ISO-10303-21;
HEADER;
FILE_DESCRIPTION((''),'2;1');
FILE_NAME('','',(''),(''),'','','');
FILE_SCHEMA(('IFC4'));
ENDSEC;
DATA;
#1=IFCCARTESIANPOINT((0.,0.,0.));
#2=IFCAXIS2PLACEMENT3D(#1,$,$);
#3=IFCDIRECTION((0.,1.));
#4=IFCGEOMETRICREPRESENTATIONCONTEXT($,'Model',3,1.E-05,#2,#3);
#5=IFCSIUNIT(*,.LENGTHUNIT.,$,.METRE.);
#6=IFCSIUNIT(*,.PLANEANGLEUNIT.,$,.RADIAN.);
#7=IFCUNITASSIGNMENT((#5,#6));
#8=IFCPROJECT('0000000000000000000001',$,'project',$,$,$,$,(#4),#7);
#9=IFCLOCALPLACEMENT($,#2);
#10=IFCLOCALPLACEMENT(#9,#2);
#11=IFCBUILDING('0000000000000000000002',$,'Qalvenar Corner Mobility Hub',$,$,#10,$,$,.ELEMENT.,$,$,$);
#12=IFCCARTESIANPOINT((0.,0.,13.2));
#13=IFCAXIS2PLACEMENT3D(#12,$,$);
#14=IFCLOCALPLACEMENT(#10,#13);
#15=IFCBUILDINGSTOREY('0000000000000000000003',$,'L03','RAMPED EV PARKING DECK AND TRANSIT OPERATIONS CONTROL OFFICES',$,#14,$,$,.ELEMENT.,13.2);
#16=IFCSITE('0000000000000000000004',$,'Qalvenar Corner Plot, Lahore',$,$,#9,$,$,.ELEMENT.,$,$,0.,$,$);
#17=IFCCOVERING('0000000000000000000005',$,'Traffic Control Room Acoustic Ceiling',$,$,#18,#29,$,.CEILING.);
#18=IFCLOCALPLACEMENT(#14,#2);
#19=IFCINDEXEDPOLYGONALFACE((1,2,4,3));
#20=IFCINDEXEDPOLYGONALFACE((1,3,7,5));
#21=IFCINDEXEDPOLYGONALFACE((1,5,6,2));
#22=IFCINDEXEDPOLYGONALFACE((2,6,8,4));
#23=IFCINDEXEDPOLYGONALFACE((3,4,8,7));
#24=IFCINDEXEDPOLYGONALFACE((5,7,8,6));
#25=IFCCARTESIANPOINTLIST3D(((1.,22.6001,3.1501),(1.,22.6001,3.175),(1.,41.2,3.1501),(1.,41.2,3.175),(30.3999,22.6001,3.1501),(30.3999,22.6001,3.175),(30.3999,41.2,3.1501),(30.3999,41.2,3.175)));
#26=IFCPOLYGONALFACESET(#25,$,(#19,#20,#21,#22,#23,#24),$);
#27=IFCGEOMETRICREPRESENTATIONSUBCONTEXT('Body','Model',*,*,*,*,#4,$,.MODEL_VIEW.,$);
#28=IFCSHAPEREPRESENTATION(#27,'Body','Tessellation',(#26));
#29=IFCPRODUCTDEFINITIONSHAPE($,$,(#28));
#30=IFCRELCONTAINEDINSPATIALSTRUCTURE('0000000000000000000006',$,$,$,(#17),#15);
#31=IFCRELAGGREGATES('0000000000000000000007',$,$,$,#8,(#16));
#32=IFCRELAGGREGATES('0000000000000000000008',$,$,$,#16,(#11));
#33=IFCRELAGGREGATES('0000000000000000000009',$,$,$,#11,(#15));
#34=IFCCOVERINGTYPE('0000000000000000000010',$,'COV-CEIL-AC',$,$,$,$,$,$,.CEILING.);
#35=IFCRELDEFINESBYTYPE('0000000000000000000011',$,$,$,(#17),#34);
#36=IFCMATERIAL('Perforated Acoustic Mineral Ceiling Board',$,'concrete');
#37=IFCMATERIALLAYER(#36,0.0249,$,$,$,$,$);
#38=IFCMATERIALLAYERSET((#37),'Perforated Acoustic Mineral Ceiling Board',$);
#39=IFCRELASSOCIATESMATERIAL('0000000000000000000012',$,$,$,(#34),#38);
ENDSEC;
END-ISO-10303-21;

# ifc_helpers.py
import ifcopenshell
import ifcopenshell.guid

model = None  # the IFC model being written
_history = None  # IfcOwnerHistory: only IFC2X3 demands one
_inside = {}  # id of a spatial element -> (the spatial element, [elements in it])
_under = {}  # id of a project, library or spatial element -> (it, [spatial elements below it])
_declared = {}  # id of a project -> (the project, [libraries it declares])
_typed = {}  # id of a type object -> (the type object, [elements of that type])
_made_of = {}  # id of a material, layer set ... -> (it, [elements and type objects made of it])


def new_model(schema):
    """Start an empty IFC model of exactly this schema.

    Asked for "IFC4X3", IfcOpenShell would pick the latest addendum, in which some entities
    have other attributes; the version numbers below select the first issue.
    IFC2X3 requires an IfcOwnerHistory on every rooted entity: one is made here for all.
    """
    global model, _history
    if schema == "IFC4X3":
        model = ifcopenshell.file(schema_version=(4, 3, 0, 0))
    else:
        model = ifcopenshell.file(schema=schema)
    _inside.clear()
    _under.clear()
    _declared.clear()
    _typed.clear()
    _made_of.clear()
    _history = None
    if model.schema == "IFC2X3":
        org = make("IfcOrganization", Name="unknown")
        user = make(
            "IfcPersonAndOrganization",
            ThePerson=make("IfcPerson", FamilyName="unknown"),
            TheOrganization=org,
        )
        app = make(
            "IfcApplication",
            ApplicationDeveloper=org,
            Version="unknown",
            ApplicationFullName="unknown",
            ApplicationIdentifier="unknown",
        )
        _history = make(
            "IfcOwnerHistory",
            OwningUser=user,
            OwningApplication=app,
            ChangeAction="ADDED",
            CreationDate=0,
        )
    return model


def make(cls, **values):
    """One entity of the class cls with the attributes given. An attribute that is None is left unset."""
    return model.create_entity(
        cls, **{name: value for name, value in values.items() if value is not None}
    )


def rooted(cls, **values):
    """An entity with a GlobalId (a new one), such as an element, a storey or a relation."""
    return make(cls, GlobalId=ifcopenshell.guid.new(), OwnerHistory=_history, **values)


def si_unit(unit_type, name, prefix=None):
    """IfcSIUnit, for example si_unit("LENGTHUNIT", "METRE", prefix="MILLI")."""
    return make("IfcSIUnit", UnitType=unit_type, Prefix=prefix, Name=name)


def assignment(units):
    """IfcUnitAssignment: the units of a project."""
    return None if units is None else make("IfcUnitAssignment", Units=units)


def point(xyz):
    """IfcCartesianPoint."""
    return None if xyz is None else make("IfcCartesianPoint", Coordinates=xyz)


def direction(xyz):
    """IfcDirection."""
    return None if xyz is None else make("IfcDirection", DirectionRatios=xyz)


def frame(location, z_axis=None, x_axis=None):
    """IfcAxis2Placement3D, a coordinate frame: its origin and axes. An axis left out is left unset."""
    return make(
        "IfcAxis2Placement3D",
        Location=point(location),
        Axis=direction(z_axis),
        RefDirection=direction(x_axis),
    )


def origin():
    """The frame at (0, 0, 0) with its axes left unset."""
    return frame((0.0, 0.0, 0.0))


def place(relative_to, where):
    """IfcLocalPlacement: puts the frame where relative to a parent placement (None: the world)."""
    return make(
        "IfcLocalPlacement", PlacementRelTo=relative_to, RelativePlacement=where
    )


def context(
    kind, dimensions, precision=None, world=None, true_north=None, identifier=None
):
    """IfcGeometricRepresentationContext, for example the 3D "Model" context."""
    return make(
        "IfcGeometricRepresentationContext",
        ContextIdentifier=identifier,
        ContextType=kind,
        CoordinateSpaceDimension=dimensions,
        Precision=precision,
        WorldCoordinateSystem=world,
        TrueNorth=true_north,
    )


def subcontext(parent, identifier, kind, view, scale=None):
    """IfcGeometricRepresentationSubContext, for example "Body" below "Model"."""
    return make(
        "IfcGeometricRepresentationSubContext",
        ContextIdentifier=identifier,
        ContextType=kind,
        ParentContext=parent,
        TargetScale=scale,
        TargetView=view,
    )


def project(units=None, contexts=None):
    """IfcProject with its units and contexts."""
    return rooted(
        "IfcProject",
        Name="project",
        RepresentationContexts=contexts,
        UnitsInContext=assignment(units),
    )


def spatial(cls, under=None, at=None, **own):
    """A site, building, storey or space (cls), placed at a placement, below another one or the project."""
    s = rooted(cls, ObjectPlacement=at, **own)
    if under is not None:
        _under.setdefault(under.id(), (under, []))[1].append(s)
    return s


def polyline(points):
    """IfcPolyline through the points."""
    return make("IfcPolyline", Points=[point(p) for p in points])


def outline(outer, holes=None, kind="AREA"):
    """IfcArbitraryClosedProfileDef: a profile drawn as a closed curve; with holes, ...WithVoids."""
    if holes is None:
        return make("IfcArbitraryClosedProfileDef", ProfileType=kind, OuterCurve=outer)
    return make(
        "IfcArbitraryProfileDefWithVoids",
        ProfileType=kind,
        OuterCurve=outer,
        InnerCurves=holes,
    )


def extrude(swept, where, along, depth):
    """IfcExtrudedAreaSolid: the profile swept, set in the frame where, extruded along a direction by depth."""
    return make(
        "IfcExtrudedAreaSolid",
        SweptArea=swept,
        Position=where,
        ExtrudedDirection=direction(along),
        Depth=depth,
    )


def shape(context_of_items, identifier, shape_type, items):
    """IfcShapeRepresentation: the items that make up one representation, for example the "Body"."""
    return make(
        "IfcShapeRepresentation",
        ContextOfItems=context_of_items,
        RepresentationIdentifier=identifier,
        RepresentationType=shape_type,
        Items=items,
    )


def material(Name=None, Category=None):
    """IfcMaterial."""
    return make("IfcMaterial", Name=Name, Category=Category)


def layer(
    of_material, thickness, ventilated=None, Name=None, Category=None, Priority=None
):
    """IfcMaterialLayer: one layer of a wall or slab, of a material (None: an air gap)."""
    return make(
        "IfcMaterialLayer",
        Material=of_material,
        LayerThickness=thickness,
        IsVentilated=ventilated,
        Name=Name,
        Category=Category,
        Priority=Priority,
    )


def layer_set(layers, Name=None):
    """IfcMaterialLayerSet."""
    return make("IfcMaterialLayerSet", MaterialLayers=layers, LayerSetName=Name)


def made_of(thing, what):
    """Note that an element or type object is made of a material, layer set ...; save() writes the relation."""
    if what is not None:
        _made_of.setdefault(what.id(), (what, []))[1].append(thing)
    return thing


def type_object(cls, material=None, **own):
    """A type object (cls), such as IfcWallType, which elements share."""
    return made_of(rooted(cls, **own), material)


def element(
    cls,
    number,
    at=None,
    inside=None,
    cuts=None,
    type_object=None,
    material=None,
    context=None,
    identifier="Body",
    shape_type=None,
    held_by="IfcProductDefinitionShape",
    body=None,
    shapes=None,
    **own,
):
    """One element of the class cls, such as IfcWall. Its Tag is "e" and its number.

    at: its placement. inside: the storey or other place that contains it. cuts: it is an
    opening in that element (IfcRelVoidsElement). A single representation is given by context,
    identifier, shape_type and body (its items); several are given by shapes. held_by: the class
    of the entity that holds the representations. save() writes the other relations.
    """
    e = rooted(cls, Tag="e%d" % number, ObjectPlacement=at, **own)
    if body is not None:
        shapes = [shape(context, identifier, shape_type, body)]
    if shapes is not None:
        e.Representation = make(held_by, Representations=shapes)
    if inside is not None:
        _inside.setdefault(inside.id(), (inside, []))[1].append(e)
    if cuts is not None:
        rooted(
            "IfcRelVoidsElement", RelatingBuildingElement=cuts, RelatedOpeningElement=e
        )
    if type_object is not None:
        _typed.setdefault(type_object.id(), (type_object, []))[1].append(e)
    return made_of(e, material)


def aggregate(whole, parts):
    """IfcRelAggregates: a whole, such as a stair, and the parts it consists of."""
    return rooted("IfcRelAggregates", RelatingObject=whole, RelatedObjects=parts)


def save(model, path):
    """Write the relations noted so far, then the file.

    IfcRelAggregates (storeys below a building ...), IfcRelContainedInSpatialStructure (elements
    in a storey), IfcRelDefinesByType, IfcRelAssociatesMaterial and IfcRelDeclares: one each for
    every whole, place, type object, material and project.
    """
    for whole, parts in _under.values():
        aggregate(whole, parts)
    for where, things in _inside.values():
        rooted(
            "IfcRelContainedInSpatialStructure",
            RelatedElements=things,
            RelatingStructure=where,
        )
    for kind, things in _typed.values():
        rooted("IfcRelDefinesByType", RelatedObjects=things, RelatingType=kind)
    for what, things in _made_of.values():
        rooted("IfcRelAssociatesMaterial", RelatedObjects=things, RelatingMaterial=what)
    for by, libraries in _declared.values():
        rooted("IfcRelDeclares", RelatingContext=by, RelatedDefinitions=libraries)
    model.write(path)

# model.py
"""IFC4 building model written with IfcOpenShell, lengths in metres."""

from ifc_helpers import new_model, si_unit, direction, frame, origin, place, context, subcontext, project, spatial, polyline, outline, extrude, material, layer, layer_set, type_object, element, save


model = new_model("IFC4")

# Units and contexts
model_context = context("Model", 3, precision=1e-05, world=origin(), true_north=direction((0.0, 1.0)))
body_context = subcontext(model_context, "Body", "Model", "MODEL_VIEW")
ifc_project = project(units=[si_unit("LENGTHUNIT", "METRE"), si_unit("PLANEANGLEUNIT", "RADIAN")], contexts=[model_context])

# Site, building, storey
site_placement = place(None, origin())
site = spatial("IfcSite", under=ifc_project, at=site_placement, Name="Qalvenar Corner Plot, Lahore", CompositionType="ELEMENT", RefElevation=0.0)
building_placement = place(site_placement, origin())
building = spatial("IfcBuilding", under=site, at=building_placement, Name="Qalvenar Corner Mobility Hub", CompositionType="ELEMENT")
storey_placement = place(building_placement, frame((0.0, 0.0, 13.2)))
storey = spatial("IfcBuildingStorey", under=building, at=storey_placement, Name="L03", Description="RAMPED EV PARKING DECK AND TRANSIT OPERATIONS CONTROL OFFICES", CompositionType="ELEMENT", Elevation=13.2)

# Covering
ifc_material_1 = material(Name="Perforated Acoustic Mineral Ceiling Board", Category="concrete")
ifc_layer_1 = layer(ifc_material_1, 0.0249)
ifc_layer_set_1 = layer_set([ifc_layer_1], Name="Perforated Acoustic Mineral Ceiling Board")
covering_type = type_object("IfcCoveringType", Name="COV-CEIL-AC", PredefinedType="CEILING", material=ifc_layer_set_1)
covering_placement = place(storey_placement, frame((0.0, 0.0, 3.1501)))
element("IfcCovering", 1, at=covering_placement, inside=storey, type_object=covering_type, Name="Traffic Control Room Acoustic Ceiling", PredefinedType="CEILING", context=body_context, shape_type="SweptSolid", body=[
    extrude(outline(polyline([(1.0, 22.6001), (30.3999, 22.6001), (30.3999, 41.2), (1.0, 41.2), (1.0, 22.6001)])), origin(), (0.0, 0.0, 1.0), 0.0249),
])

save(model, "model.ifc")
